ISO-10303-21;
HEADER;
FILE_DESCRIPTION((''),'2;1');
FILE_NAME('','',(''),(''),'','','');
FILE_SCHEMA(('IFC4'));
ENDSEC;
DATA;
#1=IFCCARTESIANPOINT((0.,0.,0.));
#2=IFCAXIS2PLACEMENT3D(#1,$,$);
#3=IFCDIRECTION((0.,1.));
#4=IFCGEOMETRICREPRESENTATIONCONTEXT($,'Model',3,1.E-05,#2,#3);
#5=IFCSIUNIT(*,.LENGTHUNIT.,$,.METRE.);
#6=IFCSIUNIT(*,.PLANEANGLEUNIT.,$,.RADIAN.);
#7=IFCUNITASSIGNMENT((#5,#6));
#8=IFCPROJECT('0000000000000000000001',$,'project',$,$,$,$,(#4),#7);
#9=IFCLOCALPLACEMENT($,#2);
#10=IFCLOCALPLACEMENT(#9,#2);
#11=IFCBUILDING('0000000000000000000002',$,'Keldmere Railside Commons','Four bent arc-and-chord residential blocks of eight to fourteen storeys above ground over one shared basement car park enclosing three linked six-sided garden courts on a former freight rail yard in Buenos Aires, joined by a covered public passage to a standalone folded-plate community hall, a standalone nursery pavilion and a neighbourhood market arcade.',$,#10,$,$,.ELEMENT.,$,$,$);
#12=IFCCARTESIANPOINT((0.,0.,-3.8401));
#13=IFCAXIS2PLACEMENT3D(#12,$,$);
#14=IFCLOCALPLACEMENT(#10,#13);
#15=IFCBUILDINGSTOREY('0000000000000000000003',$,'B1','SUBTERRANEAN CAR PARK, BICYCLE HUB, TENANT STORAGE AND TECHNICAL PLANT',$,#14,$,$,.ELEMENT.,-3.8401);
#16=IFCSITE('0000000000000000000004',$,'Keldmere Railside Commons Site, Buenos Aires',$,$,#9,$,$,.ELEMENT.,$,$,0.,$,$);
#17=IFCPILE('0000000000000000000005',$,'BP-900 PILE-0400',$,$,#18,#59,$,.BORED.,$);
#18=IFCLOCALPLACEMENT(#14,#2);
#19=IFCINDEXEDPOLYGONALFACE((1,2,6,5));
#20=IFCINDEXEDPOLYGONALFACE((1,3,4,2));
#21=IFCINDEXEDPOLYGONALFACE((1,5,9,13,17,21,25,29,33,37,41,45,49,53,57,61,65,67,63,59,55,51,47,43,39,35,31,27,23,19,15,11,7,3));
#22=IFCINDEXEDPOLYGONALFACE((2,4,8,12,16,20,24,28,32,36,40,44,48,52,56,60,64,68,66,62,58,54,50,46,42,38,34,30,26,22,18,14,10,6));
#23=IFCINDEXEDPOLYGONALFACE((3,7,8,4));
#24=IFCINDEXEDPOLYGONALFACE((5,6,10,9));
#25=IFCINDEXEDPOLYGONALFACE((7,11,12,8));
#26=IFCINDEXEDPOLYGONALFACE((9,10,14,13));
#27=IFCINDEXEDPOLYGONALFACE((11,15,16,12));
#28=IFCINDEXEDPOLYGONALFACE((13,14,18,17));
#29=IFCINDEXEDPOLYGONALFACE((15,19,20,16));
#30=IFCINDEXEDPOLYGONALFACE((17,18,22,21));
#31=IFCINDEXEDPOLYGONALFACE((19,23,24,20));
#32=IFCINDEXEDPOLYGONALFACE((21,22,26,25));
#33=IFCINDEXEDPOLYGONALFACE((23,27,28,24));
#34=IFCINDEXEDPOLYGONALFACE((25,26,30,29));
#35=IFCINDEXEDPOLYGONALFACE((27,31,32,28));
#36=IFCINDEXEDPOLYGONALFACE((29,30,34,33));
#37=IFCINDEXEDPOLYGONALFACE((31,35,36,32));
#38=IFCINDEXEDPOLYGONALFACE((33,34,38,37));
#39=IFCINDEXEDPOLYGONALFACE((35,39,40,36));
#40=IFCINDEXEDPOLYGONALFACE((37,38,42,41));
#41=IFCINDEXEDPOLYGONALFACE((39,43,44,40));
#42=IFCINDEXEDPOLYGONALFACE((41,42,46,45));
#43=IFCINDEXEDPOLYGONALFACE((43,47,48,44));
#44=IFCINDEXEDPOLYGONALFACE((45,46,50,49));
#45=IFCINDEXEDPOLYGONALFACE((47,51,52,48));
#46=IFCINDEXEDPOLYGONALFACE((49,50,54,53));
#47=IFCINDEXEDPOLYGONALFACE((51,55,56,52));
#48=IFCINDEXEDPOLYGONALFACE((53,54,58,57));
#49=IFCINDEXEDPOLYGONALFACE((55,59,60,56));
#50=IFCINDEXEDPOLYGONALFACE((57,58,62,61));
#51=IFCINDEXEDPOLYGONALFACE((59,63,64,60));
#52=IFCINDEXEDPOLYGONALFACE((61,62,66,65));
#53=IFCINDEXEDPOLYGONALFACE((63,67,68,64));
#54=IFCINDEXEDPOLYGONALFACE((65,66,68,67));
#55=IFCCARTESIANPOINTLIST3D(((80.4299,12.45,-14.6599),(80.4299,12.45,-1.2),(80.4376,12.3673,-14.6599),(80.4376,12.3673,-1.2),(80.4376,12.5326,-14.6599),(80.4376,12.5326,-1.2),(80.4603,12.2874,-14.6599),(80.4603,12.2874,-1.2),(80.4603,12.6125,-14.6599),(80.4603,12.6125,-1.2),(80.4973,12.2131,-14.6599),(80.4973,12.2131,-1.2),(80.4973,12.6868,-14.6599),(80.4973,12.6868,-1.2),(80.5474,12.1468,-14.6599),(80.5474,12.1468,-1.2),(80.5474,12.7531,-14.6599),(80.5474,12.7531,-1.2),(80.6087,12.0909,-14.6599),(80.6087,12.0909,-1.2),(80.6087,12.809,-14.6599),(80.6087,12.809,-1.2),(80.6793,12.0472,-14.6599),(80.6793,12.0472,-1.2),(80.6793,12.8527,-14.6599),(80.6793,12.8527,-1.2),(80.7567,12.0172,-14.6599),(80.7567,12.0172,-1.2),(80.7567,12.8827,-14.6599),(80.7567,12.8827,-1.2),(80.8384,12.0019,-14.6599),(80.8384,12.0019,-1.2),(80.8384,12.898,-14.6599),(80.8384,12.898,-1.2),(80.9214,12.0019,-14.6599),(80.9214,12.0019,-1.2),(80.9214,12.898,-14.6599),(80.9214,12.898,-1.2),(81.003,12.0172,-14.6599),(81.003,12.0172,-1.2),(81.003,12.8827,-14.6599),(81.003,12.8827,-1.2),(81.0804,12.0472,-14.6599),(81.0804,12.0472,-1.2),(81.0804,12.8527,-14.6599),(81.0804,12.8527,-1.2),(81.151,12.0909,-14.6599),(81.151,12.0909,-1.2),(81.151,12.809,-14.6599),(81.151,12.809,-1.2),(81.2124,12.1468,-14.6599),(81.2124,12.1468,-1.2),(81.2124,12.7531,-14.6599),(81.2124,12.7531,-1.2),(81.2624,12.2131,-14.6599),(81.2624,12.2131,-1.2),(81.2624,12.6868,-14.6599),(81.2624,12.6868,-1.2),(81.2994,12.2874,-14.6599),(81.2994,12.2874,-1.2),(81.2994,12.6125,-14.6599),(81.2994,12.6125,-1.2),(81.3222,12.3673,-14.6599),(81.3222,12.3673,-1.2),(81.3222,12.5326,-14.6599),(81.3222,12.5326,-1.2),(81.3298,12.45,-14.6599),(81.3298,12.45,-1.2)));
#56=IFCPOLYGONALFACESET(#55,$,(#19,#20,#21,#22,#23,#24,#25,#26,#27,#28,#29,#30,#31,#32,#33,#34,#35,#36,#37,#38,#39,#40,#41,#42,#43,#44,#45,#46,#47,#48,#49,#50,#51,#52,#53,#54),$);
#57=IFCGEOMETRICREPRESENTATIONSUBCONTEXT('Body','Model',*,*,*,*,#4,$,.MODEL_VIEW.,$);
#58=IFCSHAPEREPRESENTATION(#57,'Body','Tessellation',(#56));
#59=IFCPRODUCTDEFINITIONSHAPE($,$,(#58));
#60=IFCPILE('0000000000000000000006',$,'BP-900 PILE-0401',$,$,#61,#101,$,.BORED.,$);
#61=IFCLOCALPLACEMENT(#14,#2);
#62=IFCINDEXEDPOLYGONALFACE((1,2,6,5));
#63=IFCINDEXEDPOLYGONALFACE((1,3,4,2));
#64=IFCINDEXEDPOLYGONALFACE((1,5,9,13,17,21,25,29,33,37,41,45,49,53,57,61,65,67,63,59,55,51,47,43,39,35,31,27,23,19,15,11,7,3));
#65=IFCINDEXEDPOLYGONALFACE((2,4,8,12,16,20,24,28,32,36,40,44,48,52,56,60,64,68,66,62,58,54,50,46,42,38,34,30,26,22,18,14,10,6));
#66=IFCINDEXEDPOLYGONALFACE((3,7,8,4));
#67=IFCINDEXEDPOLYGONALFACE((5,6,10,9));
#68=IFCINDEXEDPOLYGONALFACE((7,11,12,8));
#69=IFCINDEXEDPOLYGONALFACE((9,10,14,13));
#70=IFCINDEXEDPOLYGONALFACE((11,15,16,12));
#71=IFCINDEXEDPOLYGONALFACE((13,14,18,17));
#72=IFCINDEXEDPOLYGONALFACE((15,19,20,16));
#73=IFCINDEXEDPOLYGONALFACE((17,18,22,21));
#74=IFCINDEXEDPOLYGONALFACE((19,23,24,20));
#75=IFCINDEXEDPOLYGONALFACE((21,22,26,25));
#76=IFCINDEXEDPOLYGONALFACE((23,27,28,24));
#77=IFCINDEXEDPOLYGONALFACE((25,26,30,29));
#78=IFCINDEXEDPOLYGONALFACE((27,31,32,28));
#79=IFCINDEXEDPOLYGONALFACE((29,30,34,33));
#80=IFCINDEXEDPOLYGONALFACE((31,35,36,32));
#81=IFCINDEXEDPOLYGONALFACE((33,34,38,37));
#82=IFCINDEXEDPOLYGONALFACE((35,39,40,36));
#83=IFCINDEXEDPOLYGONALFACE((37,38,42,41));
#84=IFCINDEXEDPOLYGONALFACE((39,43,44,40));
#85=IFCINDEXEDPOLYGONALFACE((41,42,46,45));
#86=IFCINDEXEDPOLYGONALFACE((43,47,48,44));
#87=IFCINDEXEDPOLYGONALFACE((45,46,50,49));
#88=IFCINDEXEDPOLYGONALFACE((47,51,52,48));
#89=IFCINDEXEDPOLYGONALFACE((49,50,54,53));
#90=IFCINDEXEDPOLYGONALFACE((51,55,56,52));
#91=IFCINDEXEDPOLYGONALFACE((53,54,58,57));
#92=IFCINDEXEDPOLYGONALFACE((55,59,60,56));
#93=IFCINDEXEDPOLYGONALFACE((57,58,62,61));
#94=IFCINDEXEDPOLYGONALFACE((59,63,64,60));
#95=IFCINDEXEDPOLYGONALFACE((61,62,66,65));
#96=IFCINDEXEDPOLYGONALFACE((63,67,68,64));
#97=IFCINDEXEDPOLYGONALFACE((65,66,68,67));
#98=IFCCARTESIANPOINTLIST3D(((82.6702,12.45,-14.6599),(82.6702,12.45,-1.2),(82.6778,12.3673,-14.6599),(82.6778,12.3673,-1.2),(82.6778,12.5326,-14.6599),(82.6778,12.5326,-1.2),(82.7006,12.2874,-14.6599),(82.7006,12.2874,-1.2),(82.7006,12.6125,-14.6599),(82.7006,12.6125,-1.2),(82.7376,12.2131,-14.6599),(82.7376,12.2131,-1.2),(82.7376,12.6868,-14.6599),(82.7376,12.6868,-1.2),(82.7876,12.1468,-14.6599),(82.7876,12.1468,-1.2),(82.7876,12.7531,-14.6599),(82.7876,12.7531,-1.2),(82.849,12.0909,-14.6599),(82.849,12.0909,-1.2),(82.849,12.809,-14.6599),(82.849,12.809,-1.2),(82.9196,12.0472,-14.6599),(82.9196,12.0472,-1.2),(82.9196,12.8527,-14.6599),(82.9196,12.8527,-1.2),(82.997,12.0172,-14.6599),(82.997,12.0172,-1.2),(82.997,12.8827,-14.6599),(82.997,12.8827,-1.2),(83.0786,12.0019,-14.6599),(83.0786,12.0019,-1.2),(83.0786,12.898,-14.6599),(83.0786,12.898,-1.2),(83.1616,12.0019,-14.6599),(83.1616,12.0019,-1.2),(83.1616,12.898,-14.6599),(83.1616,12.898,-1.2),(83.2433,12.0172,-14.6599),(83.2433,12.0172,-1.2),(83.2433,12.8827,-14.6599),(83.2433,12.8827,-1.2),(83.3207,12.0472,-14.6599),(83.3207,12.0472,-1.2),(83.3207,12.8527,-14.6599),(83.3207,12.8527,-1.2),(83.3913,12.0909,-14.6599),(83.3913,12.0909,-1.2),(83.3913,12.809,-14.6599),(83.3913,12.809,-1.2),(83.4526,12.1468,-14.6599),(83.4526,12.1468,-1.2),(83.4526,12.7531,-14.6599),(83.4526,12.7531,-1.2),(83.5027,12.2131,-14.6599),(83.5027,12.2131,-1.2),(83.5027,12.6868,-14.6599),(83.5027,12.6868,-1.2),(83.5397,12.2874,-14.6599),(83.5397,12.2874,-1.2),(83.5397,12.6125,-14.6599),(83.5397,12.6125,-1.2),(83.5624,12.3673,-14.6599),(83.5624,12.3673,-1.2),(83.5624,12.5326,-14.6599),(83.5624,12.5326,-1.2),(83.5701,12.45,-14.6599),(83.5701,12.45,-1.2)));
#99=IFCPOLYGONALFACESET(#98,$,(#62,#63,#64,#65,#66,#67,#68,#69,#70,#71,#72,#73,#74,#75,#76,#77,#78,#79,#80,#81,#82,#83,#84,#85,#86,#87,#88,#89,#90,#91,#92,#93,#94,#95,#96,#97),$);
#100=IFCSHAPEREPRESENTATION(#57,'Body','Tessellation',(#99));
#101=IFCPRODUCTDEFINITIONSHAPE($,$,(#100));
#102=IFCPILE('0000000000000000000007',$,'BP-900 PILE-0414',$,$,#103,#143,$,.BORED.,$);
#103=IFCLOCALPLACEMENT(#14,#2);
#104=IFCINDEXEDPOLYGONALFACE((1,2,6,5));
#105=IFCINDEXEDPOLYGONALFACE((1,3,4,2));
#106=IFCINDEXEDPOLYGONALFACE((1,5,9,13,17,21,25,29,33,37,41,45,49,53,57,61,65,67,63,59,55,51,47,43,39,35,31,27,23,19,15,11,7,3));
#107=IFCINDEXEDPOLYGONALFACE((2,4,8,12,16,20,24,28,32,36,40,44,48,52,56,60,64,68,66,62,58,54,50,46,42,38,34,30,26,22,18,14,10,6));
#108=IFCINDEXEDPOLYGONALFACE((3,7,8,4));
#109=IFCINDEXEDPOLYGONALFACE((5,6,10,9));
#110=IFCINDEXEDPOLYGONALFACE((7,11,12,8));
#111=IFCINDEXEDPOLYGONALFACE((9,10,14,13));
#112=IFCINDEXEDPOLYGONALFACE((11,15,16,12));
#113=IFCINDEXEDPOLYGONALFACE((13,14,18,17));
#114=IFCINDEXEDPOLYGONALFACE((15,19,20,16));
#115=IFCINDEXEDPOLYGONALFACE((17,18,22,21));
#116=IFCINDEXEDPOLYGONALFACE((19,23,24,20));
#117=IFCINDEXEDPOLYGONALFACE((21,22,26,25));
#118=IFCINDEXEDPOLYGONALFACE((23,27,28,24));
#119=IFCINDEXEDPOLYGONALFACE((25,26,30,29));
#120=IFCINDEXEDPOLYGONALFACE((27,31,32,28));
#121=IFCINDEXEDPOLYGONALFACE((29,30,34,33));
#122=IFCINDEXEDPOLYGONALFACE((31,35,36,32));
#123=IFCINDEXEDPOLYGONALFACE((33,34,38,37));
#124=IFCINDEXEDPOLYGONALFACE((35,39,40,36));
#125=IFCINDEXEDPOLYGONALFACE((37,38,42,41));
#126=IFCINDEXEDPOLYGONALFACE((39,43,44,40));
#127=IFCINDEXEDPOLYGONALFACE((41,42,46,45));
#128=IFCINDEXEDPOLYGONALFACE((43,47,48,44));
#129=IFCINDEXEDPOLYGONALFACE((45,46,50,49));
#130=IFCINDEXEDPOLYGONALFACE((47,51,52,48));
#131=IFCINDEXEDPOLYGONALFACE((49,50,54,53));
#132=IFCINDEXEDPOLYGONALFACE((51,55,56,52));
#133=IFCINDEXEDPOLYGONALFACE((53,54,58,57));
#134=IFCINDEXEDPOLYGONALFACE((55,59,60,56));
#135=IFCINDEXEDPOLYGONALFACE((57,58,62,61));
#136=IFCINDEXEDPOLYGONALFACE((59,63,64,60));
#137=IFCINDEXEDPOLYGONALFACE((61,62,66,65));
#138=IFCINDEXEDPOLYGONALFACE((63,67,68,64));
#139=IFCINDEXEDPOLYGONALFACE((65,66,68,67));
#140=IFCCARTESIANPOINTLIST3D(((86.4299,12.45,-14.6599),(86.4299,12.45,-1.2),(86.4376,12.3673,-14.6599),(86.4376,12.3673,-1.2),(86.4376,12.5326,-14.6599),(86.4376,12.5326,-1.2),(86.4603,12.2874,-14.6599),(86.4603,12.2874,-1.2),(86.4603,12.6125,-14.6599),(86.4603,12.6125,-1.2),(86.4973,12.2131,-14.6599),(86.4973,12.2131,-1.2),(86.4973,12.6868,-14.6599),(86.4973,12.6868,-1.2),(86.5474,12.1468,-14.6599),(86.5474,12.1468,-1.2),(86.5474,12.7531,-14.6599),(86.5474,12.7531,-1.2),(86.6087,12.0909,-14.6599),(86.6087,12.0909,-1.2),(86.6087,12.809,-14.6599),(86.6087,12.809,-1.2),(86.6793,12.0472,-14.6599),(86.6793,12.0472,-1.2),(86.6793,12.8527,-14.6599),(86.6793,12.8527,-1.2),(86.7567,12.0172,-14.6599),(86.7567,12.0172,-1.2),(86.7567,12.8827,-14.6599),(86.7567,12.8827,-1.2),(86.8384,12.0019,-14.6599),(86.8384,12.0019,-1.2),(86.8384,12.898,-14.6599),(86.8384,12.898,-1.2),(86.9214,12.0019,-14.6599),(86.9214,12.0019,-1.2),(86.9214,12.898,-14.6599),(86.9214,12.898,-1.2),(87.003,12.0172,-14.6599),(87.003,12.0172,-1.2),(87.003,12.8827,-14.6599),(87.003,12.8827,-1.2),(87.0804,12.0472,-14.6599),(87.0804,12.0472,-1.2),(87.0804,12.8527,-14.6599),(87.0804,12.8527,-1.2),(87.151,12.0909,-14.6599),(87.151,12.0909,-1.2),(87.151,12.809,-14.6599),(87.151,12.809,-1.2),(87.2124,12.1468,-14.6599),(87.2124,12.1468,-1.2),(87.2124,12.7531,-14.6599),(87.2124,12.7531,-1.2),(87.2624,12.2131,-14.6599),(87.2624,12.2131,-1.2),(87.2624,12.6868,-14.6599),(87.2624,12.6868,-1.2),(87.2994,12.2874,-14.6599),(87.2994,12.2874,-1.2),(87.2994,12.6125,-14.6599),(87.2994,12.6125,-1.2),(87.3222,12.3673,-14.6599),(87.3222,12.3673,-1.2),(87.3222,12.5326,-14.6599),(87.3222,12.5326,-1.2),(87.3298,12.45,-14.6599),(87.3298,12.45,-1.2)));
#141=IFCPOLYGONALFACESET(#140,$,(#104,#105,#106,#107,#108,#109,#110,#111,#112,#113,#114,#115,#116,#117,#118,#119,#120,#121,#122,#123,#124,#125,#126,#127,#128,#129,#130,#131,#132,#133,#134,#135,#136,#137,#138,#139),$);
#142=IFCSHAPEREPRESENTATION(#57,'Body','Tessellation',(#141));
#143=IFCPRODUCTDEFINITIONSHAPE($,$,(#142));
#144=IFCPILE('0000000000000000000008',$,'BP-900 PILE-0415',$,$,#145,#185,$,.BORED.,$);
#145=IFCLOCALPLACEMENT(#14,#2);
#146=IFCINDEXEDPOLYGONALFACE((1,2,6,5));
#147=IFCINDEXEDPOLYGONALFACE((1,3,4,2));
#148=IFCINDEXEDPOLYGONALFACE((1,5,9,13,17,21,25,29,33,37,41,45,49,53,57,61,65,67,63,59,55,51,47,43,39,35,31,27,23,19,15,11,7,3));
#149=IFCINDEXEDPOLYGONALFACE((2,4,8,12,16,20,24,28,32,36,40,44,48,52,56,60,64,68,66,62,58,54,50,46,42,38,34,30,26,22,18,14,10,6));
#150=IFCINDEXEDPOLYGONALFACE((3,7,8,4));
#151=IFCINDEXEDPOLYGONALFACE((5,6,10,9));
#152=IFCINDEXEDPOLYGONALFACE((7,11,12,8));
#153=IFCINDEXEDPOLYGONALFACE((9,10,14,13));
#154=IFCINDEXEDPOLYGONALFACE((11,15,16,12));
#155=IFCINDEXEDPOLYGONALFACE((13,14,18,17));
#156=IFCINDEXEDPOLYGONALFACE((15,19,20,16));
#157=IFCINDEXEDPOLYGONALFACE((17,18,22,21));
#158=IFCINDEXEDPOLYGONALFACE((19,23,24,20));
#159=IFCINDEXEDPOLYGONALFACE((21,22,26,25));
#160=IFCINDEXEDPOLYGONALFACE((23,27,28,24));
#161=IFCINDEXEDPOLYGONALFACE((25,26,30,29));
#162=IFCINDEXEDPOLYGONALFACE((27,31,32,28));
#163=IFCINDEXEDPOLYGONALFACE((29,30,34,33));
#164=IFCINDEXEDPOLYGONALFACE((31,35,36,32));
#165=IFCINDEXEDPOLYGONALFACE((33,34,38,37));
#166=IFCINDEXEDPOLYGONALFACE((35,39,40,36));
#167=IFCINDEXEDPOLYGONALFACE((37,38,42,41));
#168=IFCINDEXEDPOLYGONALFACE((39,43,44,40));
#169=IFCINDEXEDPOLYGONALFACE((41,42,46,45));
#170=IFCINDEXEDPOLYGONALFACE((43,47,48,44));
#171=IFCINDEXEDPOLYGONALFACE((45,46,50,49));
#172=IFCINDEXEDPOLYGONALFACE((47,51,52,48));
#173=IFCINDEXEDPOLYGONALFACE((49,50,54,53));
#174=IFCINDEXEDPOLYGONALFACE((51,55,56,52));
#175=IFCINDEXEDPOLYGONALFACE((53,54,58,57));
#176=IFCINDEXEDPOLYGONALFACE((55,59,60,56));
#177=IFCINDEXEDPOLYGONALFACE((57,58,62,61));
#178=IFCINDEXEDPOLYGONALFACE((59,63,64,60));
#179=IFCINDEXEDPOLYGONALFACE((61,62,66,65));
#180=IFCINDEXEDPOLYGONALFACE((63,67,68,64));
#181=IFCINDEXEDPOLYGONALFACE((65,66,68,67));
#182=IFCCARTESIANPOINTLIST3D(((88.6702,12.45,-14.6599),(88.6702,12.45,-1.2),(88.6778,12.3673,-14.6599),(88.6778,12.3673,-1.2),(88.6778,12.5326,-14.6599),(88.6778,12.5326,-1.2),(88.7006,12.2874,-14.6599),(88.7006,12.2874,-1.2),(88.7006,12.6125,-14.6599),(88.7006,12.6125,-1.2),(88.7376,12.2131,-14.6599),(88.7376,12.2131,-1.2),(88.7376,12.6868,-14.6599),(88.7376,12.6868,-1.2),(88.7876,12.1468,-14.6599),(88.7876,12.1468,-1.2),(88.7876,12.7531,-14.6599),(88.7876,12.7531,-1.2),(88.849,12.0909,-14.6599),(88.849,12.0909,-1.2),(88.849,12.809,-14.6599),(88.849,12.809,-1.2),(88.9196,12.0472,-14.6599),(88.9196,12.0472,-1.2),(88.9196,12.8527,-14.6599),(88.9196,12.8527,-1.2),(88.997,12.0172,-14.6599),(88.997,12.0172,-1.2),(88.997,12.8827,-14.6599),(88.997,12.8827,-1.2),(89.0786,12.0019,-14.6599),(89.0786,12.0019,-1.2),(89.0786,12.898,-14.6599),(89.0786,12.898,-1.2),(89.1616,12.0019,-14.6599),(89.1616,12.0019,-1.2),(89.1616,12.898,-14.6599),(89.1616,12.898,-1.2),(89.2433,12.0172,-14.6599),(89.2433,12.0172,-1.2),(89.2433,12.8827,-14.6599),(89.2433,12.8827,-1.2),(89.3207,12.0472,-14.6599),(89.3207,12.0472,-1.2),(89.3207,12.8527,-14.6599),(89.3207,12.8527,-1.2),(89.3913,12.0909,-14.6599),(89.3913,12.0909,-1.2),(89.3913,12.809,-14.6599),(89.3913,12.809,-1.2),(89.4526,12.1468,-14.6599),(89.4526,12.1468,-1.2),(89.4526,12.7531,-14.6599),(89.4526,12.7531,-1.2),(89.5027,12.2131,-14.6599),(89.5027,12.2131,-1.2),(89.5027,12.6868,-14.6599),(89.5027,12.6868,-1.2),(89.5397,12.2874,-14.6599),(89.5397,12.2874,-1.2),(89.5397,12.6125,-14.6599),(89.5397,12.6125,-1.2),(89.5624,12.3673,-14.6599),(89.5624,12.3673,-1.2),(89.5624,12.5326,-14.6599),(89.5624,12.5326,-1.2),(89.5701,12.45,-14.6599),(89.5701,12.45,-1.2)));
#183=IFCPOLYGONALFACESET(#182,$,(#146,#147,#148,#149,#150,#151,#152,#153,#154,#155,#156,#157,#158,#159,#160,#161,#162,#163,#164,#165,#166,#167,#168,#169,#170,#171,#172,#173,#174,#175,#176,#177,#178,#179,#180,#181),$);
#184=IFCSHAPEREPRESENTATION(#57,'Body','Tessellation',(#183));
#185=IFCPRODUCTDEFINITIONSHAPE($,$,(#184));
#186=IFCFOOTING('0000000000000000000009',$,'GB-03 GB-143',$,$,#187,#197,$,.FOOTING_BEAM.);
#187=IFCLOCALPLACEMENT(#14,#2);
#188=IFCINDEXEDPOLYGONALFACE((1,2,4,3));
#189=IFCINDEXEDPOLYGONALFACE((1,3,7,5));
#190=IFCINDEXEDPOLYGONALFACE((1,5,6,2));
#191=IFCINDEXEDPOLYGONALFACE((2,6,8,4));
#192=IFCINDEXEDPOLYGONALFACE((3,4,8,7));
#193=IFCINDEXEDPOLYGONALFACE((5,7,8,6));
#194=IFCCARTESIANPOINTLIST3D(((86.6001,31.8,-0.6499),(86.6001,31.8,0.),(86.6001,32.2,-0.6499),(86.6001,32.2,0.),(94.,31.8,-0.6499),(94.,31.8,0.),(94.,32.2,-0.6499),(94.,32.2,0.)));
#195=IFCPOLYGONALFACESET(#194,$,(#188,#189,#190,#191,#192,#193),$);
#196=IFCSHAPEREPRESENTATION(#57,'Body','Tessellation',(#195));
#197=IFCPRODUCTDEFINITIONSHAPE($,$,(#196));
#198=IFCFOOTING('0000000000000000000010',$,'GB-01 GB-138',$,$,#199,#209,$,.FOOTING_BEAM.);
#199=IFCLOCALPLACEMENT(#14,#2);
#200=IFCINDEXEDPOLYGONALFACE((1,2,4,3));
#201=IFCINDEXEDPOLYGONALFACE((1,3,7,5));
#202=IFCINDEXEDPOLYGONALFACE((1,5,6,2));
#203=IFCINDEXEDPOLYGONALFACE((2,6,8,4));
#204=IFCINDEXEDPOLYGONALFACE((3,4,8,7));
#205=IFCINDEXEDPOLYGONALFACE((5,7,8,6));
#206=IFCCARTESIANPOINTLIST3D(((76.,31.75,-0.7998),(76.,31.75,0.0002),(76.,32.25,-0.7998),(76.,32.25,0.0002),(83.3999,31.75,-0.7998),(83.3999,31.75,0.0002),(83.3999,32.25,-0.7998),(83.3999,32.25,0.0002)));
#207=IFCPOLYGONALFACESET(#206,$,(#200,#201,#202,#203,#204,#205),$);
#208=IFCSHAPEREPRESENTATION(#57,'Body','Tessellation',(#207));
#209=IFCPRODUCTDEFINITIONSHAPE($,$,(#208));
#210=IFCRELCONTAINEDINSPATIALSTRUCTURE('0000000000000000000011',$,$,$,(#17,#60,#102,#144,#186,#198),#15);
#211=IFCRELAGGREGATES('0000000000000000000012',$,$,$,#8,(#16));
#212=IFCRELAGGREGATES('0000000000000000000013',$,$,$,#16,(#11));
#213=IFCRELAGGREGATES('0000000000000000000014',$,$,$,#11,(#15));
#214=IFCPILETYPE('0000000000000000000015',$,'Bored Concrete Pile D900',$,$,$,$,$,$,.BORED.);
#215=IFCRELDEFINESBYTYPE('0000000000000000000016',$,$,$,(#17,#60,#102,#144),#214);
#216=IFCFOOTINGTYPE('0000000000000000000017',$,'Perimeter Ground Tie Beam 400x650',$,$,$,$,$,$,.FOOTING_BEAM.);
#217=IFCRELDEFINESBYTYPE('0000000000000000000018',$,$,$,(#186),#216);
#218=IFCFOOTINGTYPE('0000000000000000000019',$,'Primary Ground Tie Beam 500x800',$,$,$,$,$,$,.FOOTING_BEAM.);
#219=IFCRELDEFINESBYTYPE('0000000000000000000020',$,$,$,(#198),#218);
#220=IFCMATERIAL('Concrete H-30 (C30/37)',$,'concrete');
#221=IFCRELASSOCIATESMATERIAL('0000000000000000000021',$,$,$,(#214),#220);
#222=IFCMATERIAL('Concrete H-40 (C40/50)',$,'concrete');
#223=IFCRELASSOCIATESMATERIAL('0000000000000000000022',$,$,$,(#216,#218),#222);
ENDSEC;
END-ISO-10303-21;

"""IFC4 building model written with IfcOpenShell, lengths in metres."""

from ifc_helpers import new_model, si_unit, direction, frame, origin, origin_2d, place, context, subcontext, project, spatial, rectangle, circle, extrude, material, material_profile, profile_set, type_object, element, save


model = new_model("IFC4")

# Units and contexts
model_context = context("Model", 3, precision=1e-05, world=origin(), true_north=direction((0.0, 1.0)))
body_context = subcontext(model_context, "Body", "Model", "MODEL_VIEW")
ifc_project = project(units=[si_unit("LENGTHUNIT", "METRE"), si_unit("PLANEANGLEUNIT", "RADIAN")], contexts=[model_context])

# Site, building, storey
site_placement = place(None, origin())
site = spatial("IfcSite", under=ifc_project, at=site_placement, Name="Keldmere Railside Commons Site, Buenos Aires", CompositionType="ELEMENT", RefElevation=0.0)
building_placement = place(site_placement, origin())
building = spatial("IfcBuilding", under=site, at=building_placement, Name="Keldmere Railside Commons", Description="Four bent arc-and-chord residential blocks of eight to fourteen storeys above ground over one shared basement car park enclosing three linked six-sided garden courts on a former freight rail yard in Buenos Aires, joined by a covered public passage to a standalone folded-plate community hall, a standalone nursery pavilion and a neighbourhood market arcade.", CompositionType="ELEMENT")
storey_placement = place(building_placement, frame((0.0, 0.0, -3.8401)))
storey = spatial("IfcBuildingStorey", under=building, at=storey_placement, Name="B1", Description="SUBTERRANEAN CAR PARK, BICYCLE HUB, TENANT STORAGE AND TECHNICAL PLANT", CompositionType="ELEMENT", Elevation=-3.8401)

# Piles
ifc_material_1 = material(Name="Concrete H-30 (C30/37)", Category="concrete")
ifc_material_profile_1 = material_profile(ifc_material_1, circle(Radius=0.45, at=origin_2d()), Name="PILE-D900")
ifc_profile_set_1 = profile_set([ifc_material_profile_1], Name="Concrete H-30 (C30/37)")
pile_type_1 = type_object("IfcPileType", Name="Bored Concrete Pile D900", PredefinedType="BORED", material=ifc_profile_set_1)
for number, where, z_axis, x_axis, name in (
    (1, (80.8799, 12.45, -1.2), (0.0, 0.0, -1.0), (1.0, 0.0, 0.0), "BP-900 PILE-0400"),
    (2, (83.1201, 12.45, -1.2), (0.0, 0.0, -1.0), (1.0, 0.0, 0.0), "BP-900 PILE-0401"),
    (3, (86.8799, 12.45, -1.2), (0.0, 0.0, -1.0), (1.0, 0.0, 0.0), "BP-900 PILE-0414"),
    (4, (89.1201, 12.45, -1.2), (0.0, 0.0, -1.0), (1.0, 0.0, 0.0), "BP-900 PILE-0415"),
):
    element("IfcPile", number, at=place(storey_placement, frame(where, z_axis=z_axis, x_axis=x_axis)), inside=storey, type_object=pile_type_1, Name=name, PredefinedType="BORED", context=body_context, shape_type="SweptSolid", body=[
        extrude(circle(Radius=0.45, at=origin_2d()), origin(), (0.0, 0.0, 1.0), 13.46),
    ])

# Footings
ifc_material_2 = material(Name="Concrete H-40 (C40/50)", Category="concrete")
footing_type_1 = type_object("IfcFootingType", Name="Perimeter Ground Tie Beam 400x650", PredefinedType="FOOTING_BEAM", material=ifc_material_2)
footing_1_placement = place(storey_placement, frame((90.3, 32.0, -0.6499), z_axis=(0.0, 0.0, 1.0), x_axis=(1.0, 0.0, 0.0)))
element("IfcFooting", 5, at=footing_1_placement, inside=storey, type_object=footing_type_1, Name="GB-03 GB-143", PredefinedType="FOOTING_BEAM", context=body_context, shape_type="SweptSolid", body=[
    extrude(rectangle(XDim=7.3999, YDim=0.3999, at=origin_2d()), origin(), (0.0, 0.0, 1.0), 0.6499),
])
footing_type_2 = type_object("IfcFootingType", Name="Primary Ground Tie Beam 500x800", PredefinedType="FOOTING_BEAM", material=ifc_material_2)
footing_2_placement = place(storey_placement, frame((79.7, 32.0, -0.7998), z_axis=(0.0, 0.0, 1.0), x_axis=(1.0, 0.0, 0.0)))
element("IfcFooting", 6, at=footing_2_placement, inside=storey, type_object=footing_type_2, Name="GB-01 GB-138", PredefinedType="FOOTING_BEAM", context=body_context, shape_type="SweptSolid", body=[
    extrude(rectangle(XDim=7.3999, YDim=0.5, at=origin_2d()), origin(), (0.0, 0.0, 1.0), 0.8),
])

save(model, "model.ifc")
